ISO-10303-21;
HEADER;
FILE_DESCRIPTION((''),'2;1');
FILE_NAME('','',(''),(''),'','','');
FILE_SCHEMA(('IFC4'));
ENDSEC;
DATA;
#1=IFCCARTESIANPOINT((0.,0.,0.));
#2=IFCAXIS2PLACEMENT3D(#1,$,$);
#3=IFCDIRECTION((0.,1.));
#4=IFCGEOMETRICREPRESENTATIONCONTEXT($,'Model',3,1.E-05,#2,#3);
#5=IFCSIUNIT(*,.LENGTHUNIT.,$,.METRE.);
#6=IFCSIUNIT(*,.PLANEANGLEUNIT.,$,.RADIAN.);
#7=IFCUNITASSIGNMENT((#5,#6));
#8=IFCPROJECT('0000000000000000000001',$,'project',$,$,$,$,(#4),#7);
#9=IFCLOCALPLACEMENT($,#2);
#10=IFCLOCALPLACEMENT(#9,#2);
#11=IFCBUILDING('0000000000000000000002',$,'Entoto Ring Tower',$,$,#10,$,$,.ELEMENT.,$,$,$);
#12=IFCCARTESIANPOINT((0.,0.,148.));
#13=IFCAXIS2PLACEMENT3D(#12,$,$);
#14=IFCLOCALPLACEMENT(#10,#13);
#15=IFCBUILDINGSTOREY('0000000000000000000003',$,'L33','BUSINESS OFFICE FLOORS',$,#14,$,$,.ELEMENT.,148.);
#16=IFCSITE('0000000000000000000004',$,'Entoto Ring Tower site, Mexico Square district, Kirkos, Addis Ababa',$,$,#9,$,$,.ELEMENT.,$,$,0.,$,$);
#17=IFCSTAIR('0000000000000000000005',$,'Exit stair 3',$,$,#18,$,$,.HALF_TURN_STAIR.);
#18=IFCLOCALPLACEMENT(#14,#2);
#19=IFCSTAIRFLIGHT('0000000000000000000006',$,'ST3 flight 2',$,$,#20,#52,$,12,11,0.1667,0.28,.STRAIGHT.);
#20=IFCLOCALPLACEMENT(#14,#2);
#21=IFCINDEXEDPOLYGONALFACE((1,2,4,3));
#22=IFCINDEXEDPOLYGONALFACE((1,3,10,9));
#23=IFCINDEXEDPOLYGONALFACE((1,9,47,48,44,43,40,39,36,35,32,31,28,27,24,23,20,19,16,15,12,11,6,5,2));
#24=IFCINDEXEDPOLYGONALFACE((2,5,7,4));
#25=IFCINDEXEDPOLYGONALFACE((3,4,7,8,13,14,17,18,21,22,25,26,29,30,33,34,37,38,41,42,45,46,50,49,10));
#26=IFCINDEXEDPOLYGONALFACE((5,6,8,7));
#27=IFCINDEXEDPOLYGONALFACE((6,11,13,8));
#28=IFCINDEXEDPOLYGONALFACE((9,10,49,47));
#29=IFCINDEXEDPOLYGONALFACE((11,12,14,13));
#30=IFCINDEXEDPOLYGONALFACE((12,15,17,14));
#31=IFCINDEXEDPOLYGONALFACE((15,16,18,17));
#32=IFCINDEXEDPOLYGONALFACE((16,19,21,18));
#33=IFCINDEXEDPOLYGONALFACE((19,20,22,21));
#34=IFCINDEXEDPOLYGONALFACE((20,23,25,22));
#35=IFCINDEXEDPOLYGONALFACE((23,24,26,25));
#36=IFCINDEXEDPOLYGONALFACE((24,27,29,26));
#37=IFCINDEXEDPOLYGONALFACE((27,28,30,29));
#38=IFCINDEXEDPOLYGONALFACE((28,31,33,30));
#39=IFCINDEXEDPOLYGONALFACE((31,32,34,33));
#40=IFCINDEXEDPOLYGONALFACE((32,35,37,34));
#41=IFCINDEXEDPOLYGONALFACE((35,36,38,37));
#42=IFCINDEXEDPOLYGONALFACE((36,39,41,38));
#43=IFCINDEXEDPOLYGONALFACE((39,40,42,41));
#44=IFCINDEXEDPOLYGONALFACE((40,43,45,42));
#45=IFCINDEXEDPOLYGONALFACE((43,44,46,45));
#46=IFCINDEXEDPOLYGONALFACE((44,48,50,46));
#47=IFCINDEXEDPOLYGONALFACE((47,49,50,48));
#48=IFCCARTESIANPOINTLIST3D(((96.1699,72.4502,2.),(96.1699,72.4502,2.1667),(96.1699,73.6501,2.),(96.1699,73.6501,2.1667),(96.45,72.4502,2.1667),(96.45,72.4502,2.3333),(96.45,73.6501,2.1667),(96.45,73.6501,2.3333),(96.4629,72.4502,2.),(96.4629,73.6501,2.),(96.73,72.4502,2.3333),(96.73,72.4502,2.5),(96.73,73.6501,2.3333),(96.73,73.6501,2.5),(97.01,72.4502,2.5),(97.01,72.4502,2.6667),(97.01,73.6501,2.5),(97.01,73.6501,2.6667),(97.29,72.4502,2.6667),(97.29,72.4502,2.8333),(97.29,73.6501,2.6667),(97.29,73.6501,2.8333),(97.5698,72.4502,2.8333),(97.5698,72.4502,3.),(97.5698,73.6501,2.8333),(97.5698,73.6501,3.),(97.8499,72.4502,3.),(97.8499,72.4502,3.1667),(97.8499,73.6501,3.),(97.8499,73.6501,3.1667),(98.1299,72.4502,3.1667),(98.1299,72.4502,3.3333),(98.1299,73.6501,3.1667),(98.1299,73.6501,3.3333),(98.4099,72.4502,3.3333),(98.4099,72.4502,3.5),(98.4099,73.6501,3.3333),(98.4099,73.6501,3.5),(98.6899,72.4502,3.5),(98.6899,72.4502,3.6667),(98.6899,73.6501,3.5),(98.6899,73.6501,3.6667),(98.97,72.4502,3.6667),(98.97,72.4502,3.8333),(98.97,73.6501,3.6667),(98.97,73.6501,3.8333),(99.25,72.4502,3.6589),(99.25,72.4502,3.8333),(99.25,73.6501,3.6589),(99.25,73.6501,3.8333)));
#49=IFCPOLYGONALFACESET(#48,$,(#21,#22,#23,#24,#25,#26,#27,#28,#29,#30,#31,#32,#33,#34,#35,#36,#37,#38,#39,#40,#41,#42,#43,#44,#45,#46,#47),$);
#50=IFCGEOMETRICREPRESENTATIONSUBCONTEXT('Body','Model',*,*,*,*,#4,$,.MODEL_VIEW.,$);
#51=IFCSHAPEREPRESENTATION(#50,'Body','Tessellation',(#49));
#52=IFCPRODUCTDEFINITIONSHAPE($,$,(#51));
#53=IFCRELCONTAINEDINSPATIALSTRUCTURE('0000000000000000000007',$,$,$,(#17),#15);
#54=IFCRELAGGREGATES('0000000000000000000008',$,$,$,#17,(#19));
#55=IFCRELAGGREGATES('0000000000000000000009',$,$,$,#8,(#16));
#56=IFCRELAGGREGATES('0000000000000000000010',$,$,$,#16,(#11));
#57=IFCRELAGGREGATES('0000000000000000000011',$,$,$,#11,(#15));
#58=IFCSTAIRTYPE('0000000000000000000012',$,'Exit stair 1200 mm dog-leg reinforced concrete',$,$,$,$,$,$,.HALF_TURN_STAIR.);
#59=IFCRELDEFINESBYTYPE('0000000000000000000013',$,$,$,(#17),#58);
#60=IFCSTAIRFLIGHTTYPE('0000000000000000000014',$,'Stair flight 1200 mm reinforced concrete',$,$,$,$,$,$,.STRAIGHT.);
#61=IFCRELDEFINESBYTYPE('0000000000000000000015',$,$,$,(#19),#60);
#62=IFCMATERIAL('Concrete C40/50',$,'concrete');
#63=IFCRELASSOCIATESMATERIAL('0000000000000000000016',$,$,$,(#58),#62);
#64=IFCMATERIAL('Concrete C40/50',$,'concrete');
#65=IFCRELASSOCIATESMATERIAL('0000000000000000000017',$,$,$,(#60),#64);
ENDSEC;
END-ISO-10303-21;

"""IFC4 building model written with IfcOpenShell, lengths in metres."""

from ifc_helpers import new_model, si_unit, direction, frame, origin, place, context, subcontext, project, spatial, polyline, outline, extrude, material, type_object, element, aggregate, save


model = new_model("IFC4")

# Units and contexts
model_context = context("Model", 3, precision=1e-05, world=origin(), true_north=direction((0.0, 1.0)))
body_context = subcontext(model_context, "Body", "Model", "MODEL_VIEW")
ifc_project = project(units=[si_unit("LENGTHUNIT", "METRE"), si_unit("PLANEANGLEUNIT", "RADIAN")], contexts=[model_context])

# Site, building, storey
site_placement = place(None, origin())
site = spatial("IfcSite", under=ifc_project, at=site_placement, Name="Entoto Ring Tower site, Mexico Square district, Kirkos, Addis Ababa", CompositionType="ELEMENT", RefElevation=0.0)
building_placement = place(site_placement, origin())
building = spatial("IfcBuilding", under=site, at=building_placement, Name="Entoto Ring Tower", CompositionType="ELEMENT")
storey_placement = place(building_placement, frame((0.0, 0.0, 148.0)))
storey = spatial("IfcBuildingStorey", under=building, at=storey_placement, Name="L33", Description="BUSINESS OFFICE FLOORS", CompositionType="ELEMENT", Elevation=148.0)

# Stair, stair flight
ifc_material_1 = material(Name="Concrete C40/50", Category="concrete")
stair_type = type_object("IfcStairType", Name="Exit stair 1200 mm dog-leg reinforced concrete", PredefinedType="HALF_TURN_STAIR", material=ifc_material_1)
stair_placement = place(storey_placement, origin())
stair = element("IfcStair", 1, at=stair_placement, inside=storey, type_object=stair_type, Name="Exit stair 3", PredefinedType="HALF_TURN_STAIR")
ifc_material_2 = material(Name="Concrete C40/50", Category="concrete")
stair_flight_type = type_object("IfcStairFlightType", Name="Stair flight 1200 mm reinforced concrete", PredefinedType="STRAIGHT", material=ifc_material_2)
stair_flight_placement = place(storey_placement, frame((96.1699, 73.05, 2.0), z_axis=(0.0, 0.0, 1.0), x_axis=(1.0, 0.0, 0.0)))
stair_flight = element("IfcStairFlight", 2, at=stair_flight_placement, type_object=stair_flight_type, Name="ST3 flight 2", NumberOfRisers=12, NumberOfTreads=11, PredefinedType="STRAIGHT", RiserHeight=0.1667, TreadLength=0.28, context=body_context, shape_type="SweptSolid", body=[
    extrude(outline(polyline([(0.0, 0.0), (0.0, 0.1667), (0.28, 0.1667), (0.28, 0.3333), (0.5601, 0.3333), (0.5601, 0.5), (0.8401, 0.5), (0.8401, 0.6667), (1.1201, 0.6667), (1.1201, 0.8333), (1.3999, 0.8333), (1.3999, 1.0), (1.6799, 1.0), (1.6799, 1.1667), (1.96, 1.1667), (1.96, 1.3333), (2.24, 1.3333), (2.24, 1.5), (2.52, 1.5), (2.52, 1.6667), (2.8, 1.6667), (2.8, 1.8333), (3.0801, 1.8333), (3.0801, 2.0), (3.0801, 1.6589), (0.293, 0.0), (0.0, 0.0)])), frame((0.0, 0.6001, 0.0), z_axis=(0.0, -1.0, 0.0), x_axis=(1.0, 0.0, 0.0)), (0.0, 0.0, 1.0), 1.2),
])
aggregate(stair, [stair_flight])

save(model, "model.ifc")
